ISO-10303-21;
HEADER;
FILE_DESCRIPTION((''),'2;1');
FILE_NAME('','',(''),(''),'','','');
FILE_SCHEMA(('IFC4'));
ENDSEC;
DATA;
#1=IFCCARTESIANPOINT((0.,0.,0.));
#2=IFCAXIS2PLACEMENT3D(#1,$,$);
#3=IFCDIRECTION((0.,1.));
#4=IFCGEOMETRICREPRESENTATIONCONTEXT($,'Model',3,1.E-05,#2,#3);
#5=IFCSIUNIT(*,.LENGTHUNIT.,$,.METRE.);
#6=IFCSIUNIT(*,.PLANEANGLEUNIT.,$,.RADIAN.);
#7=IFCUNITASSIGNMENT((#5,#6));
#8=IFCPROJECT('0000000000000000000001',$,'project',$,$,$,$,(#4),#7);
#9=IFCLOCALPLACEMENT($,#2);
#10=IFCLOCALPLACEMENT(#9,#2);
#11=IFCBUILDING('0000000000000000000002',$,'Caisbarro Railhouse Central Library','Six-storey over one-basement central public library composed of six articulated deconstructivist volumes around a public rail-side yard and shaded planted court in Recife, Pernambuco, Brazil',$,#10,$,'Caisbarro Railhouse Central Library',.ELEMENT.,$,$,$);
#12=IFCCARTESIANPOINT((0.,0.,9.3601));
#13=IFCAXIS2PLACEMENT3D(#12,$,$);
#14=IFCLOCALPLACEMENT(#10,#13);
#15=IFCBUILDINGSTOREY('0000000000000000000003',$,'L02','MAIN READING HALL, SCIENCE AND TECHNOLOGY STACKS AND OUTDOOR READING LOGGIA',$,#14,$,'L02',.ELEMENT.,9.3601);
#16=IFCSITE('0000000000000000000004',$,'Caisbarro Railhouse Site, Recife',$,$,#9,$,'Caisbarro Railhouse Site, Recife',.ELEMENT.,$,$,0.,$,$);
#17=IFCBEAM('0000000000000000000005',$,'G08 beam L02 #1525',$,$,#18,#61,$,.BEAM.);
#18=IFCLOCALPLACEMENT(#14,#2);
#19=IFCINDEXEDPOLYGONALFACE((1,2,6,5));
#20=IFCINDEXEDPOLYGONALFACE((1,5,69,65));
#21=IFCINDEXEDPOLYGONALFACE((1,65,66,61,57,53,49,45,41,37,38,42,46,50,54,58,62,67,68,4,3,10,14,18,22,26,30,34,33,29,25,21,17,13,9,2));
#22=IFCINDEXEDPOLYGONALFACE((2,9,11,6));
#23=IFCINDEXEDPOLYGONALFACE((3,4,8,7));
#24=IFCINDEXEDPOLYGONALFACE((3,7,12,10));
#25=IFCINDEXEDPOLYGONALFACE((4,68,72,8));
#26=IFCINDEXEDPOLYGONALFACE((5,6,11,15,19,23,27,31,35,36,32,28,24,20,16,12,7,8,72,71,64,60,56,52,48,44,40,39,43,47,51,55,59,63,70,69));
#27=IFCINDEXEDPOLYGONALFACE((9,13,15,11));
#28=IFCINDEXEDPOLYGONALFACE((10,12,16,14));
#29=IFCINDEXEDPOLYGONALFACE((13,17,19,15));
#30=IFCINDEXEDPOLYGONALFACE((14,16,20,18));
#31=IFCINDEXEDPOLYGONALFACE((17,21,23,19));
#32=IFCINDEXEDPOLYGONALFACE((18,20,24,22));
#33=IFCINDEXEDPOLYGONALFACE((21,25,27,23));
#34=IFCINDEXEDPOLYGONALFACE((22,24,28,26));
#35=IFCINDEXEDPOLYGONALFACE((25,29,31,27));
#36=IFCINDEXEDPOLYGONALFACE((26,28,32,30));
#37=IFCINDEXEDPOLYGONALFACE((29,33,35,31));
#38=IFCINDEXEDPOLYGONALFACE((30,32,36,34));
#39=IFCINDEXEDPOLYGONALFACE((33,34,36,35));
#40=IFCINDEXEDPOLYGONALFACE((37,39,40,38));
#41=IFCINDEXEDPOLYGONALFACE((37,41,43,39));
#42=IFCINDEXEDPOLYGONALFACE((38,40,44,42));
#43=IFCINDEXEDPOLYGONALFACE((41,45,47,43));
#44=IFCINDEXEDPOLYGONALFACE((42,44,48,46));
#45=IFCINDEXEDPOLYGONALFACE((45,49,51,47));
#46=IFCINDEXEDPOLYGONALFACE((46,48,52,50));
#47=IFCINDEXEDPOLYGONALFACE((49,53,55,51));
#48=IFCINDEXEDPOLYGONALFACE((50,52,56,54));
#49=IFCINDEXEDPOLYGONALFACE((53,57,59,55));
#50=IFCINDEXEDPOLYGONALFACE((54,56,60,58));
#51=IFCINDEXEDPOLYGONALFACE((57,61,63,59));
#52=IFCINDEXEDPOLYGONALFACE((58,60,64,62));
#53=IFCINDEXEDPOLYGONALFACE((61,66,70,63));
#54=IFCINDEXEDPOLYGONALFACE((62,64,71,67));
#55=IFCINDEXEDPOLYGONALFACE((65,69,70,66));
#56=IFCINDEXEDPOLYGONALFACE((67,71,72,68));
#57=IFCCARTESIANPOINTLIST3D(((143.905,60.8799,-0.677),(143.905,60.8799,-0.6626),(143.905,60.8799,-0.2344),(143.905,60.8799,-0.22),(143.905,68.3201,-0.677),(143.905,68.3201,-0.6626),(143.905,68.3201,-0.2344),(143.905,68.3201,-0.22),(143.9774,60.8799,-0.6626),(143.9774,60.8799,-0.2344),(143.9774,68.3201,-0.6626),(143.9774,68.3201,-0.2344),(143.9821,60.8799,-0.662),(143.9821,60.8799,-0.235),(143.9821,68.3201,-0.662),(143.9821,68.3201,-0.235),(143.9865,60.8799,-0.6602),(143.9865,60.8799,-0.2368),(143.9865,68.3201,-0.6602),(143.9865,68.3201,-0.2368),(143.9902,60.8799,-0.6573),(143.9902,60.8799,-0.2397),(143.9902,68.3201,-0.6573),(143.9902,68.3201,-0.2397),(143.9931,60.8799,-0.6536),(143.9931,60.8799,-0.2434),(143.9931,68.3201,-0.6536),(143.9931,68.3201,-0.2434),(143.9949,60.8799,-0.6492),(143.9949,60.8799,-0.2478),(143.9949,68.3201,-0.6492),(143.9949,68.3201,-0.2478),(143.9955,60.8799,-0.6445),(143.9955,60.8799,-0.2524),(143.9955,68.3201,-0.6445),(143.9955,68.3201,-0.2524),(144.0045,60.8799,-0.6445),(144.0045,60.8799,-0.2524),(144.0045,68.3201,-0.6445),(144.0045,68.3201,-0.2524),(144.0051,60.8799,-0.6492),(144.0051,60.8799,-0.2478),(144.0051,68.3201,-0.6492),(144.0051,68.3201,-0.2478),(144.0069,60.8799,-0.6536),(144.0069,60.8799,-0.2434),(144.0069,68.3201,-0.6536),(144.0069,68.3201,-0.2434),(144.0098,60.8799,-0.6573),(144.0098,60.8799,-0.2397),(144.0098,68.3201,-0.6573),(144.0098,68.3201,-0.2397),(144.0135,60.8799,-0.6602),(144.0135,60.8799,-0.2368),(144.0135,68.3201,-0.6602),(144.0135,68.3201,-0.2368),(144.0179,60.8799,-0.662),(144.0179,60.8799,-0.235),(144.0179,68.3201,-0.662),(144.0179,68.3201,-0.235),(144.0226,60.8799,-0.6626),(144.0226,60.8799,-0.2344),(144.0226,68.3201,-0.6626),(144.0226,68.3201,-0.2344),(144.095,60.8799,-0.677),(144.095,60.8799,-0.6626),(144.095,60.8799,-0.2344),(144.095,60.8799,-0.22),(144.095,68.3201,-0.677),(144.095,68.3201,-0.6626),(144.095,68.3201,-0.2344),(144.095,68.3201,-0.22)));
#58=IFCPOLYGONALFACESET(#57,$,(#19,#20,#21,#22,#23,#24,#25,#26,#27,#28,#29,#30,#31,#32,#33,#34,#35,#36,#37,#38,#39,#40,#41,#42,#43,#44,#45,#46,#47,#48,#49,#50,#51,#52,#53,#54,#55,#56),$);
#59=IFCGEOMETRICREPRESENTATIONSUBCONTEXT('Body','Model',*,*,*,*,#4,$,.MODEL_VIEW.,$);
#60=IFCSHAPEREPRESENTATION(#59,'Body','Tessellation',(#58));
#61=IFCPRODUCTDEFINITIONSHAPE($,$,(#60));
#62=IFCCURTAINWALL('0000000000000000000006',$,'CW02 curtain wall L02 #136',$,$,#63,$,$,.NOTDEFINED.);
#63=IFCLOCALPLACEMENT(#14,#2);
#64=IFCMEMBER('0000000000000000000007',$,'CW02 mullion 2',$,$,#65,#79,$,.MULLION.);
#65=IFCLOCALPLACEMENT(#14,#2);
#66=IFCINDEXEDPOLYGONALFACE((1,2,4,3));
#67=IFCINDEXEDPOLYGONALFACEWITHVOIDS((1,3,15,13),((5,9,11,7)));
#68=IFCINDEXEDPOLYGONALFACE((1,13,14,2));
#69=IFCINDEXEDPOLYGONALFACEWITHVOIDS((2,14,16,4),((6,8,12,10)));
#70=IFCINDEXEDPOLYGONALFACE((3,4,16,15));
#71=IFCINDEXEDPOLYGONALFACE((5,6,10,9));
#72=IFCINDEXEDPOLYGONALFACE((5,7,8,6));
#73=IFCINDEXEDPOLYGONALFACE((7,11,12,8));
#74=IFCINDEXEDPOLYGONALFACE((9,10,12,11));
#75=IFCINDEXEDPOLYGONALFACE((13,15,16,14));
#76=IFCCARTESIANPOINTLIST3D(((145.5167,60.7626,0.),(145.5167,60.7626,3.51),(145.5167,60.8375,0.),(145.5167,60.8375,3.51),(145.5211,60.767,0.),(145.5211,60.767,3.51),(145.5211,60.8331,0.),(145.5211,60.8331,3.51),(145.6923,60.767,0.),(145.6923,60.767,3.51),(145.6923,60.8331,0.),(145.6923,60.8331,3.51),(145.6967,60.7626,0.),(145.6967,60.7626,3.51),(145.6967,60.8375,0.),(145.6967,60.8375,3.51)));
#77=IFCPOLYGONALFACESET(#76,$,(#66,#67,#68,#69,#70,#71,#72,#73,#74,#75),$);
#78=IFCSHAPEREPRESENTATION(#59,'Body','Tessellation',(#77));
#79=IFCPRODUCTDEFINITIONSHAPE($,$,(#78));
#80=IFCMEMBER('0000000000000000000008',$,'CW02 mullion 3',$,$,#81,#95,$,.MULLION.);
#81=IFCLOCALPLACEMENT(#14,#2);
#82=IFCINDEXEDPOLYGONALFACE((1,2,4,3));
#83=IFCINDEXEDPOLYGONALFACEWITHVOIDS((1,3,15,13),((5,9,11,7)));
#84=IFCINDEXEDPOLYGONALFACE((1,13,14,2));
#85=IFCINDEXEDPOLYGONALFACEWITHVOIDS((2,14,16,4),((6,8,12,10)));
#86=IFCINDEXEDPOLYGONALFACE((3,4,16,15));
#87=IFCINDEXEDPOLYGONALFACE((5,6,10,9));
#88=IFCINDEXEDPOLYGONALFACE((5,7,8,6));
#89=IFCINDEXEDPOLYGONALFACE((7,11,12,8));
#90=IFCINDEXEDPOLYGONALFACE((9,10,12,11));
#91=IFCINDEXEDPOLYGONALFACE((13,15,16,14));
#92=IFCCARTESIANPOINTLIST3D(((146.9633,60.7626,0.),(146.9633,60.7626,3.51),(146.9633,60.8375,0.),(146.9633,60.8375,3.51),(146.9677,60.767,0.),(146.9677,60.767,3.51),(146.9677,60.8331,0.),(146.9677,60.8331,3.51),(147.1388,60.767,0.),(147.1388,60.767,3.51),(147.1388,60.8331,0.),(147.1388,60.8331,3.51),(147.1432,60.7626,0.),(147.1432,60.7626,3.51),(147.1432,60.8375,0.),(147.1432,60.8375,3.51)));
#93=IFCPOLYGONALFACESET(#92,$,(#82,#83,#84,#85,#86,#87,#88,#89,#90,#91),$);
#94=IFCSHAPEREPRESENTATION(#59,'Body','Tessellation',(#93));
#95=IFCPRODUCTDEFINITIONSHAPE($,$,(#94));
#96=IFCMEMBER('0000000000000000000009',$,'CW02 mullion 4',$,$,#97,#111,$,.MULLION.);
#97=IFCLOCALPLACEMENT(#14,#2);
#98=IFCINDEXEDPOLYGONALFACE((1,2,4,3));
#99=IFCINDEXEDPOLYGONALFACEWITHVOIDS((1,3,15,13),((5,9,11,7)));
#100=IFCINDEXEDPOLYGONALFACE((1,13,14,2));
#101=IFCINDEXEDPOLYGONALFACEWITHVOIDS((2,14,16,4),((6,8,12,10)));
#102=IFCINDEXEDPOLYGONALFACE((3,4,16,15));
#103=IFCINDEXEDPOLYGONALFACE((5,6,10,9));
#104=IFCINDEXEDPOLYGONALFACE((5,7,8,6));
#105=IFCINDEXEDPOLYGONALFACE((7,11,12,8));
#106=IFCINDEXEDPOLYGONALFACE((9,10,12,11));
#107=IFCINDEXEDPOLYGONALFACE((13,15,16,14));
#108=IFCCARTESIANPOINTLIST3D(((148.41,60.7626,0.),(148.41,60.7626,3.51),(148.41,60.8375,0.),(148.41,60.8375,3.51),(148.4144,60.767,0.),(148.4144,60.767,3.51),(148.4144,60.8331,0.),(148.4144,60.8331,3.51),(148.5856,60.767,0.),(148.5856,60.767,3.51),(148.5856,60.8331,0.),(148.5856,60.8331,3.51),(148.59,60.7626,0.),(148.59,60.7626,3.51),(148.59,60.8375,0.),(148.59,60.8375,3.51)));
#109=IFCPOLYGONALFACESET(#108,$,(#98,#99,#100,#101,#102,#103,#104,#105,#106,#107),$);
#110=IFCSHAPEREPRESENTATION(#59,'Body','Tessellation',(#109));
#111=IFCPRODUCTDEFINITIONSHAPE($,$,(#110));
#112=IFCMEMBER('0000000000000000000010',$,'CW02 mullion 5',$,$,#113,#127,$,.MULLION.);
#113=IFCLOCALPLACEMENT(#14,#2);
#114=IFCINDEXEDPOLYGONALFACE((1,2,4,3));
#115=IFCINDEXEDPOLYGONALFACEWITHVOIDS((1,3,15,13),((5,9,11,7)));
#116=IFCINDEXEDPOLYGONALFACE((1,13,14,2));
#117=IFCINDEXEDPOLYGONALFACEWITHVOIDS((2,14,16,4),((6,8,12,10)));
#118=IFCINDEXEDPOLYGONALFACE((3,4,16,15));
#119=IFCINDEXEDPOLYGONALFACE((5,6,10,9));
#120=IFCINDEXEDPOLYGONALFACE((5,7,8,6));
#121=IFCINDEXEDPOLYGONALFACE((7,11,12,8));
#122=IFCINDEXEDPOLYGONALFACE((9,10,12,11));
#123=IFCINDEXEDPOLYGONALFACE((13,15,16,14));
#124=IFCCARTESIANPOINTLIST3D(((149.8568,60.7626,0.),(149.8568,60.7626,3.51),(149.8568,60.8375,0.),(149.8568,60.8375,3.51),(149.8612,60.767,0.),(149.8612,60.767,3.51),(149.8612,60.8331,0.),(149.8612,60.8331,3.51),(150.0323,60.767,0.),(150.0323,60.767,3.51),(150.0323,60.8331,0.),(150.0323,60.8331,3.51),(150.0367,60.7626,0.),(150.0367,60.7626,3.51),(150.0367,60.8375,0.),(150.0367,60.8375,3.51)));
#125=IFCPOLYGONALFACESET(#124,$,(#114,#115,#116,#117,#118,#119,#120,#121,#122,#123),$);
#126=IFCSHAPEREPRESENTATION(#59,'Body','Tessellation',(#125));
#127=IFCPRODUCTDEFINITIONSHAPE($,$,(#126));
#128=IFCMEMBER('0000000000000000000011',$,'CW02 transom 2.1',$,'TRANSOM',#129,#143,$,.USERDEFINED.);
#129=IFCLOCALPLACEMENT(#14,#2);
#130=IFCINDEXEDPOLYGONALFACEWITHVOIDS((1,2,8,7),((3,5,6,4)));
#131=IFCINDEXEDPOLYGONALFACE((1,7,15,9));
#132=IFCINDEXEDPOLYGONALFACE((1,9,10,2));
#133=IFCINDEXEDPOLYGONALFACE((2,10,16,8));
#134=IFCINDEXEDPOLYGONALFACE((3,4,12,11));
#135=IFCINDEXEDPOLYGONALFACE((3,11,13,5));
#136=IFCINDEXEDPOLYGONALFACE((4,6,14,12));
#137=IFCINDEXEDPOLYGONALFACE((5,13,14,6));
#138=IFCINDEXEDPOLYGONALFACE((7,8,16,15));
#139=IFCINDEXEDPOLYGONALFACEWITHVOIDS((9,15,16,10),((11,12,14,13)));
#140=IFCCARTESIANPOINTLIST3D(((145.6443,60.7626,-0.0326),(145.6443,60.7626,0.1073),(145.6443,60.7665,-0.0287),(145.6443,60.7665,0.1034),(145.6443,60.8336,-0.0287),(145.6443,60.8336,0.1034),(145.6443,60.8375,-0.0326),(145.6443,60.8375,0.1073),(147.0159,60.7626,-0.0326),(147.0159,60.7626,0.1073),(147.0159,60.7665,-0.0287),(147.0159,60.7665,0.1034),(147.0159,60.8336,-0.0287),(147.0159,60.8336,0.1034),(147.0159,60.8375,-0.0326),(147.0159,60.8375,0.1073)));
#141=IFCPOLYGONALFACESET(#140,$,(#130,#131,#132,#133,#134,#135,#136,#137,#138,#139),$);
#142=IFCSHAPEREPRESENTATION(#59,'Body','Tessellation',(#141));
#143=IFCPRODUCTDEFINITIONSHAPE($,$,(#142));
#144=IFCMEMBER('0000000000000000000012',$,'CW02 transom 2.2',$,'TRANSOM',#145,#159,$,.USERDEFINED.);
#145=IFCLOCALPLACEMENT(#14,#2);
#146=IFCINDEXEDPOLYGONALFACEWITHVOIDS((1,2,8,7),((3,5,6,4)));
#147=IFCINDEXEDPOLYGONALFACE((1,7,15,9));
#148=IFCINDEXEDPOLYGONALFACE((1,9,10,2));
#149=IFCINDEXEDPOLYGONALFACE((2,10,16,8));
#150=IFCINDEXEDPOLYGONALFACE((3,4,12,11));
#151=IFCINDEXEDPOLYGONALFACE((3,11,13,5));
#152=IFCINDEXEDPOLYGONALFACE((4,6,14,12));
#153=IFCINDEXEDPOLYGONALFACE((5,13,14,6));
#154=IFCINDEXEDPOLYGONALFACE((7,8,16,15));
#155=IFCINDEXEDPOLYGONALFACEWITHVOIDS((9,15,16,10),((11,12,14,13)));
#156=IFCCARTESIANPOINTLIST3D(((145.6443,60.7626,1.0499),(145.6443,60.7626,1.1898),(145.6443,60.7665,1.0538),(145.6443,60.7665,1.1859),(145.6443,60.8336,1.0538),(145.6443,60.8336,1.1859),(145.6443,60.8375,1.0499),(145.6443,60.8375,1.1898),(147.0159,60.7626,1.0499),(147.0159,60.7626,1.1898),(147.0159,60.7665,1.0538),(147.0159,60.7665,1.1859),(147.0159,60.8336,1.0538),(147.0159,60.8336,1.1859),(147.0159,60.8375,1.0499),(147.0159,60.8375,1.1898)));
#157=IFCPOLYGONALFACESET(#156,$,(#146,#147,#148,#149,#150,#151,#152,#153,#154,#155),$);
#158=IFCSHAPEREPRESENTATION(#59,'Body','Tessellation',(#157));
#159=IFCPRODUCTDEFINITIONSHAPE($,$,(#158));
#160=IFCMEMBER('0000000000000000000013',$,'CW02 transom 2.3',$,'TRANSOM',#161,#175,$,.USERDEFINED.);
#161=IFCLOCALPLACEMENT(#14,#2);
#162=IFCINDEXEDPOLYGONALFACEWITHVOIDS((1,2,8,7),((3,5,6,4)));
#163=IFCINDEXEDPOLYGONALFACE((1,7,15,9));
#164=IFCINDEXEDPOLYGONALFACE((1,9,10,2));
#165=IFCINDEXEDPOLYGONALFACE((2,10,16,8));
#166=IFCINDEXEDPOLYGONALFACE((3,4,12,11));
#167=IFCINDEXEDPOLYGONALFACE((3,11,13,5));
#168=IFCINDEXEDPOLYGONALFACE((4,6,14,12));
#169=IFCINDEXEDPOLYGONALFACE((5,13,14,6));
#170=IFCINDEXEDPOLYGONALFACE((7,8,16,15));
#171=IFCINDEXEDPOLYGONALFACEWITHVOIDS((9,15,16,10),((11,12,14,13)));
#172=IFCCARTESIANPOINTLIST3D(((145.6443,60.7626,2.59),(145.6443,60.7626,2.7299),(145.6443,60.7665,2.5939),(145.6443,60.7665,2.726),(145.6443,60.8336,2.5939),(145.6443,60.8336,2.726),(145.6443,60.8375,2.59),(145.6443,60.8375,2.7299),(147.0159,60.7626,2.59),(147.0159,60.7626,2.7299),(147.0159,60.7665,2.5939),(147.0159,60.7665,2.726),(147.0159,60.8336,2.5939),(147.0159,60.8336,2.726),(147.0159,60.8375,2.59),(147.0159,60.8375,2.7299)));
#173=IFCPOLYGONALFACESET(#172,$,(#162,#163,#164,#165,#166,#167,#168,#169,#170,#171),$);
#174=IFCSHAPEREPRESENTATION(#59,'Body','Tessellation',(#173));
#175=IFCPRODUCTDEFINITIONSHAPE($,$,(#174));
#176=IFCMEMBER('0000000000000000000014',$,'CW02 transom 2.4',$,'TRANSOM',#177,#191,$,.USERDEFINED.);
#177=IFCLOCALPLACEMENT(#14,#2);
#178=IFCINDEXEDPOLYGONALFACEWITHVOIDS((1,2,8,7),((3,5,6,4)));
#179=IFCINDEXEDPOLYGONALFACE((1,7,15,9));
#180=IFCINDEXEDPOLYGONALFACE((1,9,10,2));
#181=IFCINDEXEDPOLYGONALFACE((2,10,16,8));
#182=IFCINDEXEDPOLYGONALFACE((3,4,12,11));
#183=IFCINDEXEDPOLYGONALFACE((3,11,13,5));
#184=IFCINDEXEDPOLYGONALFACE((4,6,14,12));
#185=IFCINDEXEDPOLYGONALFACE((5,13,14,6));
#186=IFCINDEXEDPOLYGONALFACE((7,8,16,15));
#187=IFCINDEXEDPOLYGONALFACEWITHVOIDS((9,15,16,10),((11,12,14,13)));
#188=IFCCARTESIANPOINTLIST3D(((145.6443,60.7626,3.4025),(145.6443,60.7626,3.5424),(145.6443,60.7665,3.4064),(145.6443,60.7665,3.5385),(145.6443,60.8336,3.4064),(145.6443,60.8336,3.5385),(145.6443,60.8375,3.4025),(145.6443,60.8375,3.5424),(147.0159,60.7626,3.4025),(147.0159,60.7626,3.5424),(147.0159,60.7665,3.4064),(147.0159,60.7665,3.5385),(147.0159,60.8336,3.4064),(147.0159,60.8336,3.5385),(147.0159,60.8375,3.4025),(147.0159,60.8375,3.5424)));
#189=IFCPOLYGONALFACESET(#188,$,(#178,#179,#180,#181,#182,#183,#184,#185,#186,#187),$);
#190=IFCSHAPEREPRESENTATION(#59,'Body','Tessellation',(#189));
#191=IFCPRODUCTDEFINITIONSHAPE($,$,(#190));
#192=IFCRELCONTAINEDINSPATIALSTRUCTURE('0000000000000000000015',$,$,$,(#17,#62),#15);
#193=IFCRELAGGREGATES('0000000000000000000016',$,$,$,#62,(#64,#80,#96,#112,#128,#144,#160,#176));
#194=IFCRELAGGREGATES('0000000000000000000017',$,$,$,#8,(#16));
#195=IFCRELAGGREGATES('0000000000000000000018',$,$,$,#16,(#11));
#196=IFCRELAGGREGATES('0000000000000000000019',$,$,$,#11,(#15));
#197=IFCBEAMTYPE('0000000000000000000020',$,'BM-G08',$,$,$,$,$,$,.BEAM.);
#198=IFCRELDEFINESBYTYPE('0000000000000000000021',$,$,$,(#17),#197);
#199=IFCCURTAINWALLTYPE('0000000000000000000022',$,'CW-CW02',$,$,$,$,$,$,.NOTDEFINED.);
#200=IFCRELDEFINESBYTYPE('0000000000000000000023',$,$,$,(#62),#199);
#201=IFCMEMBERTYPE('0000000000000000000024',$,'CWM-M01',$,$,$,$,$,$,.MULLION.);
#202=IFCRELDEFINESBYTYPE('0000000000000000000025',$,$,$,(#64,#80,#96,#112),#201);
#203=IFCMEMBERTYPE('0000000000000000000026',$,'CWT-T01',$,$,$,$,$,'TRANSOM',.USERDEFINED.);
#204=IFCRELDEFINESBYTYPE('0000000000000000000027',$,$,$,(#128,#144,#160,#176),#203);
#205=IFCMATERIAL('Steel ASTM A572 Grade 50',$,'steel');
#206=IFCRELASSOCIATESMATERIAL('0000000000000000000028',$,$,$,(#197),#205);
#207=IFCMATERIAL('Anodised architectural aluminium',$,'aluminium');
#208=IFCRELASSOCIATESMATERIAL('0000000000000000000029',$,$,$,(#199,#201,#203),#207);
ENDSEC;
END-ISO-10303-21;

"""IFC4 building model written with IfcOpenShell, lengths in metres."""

from ifc_helpers import new_model, si_unit, direction, frame, origin, origin_2d, place, context, subcontext, project, spatial, hollow_rectangle, i_section, extrude, material, material_profile, profile_set, type_object, element, aggregate, save


model = new_model("IFC4")

# Units and contexts
model_context = context("Model", 3, precision=1e-05, world=origin(), true_north=direction((0.0, 1.0)))
body_context = subcontext(model_context, "Body", "Model", "MODEL_VIEW")
ifc_project = project(units=[si_unit("LENGTHUNIT", "METRE"), si_unit("PLANEANGLEUNIT", "RADIAN")], contexts=[model_context])

# Site, building, storey
site_placement = place(None, origin())
site = spatial("IfcSite", under=ifc_project, at=site_placement, Name="Caisbarro Railhouse Site, Recife", LongName="Caisbarro Railhouse Site, Recife", CompositionType="ELEMENT", RefElevation=0.0)
building_placement = place(site_placement, origin())
building = spatial("IfcBuilding", under=site, at=building_placement, Name="Caisbarro Railhouse Central Library", Description="Six-storey over one-basement central public library composed of six articulated deconstructivist volumes around a public rail-side yard and shaded planted court in Recife, Pernambuco, Brazil", LongName="Caisbarro Railhouse Central Library", CompositionType="ELEMENT")
storey_placement = place(building_placement, frame((0.0, 0.0, 9.3601)))
storey = spatial("IfcBuildingStorey", under=building, at=storey_placement, Name="L02", Description="MAIN READING HALL, SCIENCE AND TECHNOLOGY STACKS AND OUTDOOR READING LOGGIA", LongName="L02", CompositionType="ELEMENT", Elevation=9.3601)

# Beam
ifc_material_1 = material(Name="Steel ASTM A572 Grade 50", Category="steel")
ifc_material_profile_1 = material_profile(ifc_material_1, i_section(OverallWidth=0.1899, OverallDepth=0.457, WebThickness=0.009, FlangeThickness=0.0144, FilletRadius=0.0181, at=origin_2d()), Name="W460X74.0")
ifc_profile_set_1 = profile_set([ifc_material_profile_1], Name="Steel ASTM A572 Grade 50")
beam_type = type_object("IfcBeamType", Name="BM-G08", PredefinedType="BEAM", material=ifc_profile_set_1)
beam_placement = place(storey_placement, frame((144.0, 60.8799, -0.4485), z_axis=(0.0, 1.0, 0.0), x_axis=(-1.0, 0.0, 0.0)))
element("IfcBeam", 1, at=beam_placement, inside=storey, type_object=beam_type, Name="G08 beam L02 #1525", PredefinedType="BEAM", context=body_context, shape_type="SweptSolid", body=[
    extrude(i_section(OverallWidth=0.1899, OverallDepth=0.457, WebThickness=0.009, FlangeThickness=0.0144, FilletRadius=0.0181, at=origin_2d()), origin(), (0.0, 0.0, 1.0), 7.4402),
])

# Curtain wall, members
ifc_material_2 = material(Name="Anodised architectural aluminium", Category="aluminium")
curtain_wall_type = type_object("IfcCurtainWallType", Name="CW-CW02", PredefinedType="NOTDEFINED", material=ifc_material_2)
curtain_wall_placement = place(storey_placement, origin())
curtain_wall = element("IfcCurtainWall", 2, at=curtain_wall_placement, inside=storey, type_object=curtain_wall_type, Name="CW02 curtain wall L02 #136", PredefinedType="NOTDEFINED")
ifc_material_profile_2 = material_profile(ifc_material_2, hollow_rectangle(XDim=0.075, YDim=0.1799, WallThickness=0.0044, at=origin_2d()), Name="ALU-MUL-75X180")
ifc_profile_set_2 = profile_set([ifc_material_profile_2], Name="Anodised architectural aluminium")
member_type_1 = type_object("IfcMemberType", Name="CWM-M01", PredefinedType="MULLION", material=ifc_profile_set_2)
member_1_placement = place(storey_placement, frame((145.6067, 60.8, 0.0), z_axis=(0.0, 0.0, 1.0), x_axis=(0.0, 1.0, 0.0)))
member_1 = element("IfcMember", 3, at=member_1_placement, type_object=member_type_1, Name="CW02 mullion 2", PredefinedType="MULLION", context=body_context, shape_type="SweptSolid", body=[
    extrude(hollow_rectangle(XDim=0.075, YDim=0.1799, WallThickness=0.0044, at=origin_2d()), origin(), (0.0, 0.0, 1.0), 3.51),
])
member_2_placement = place(storey_placement, frame((147.0532, 60.8, 0.0), z_axis=(0.0, 0.0, 1.0), x_axis=(0.0, 1.0, 0.0)))
member_2 = element("IfcMember", 4, at=member_2_placement, type_object=member_type_1, Name="CW02 mullion 3", PredefinedType="MULLION", context=body_context, shape_type="SweptSolid", body=[
    extrude(hollow_rectangle(XDim=0.075, YDim=0.1799, WallThickness=0.0044, at=origin_2d()), origin(), (0.0, 0.0, 1.0), 3.51),
])
member_3_placement = place(storey_placement, frame((148.5, 60.8, 0.0), z_axis=(0.0, 0.0, 1.0), x_axis=(0.0, 1.0, 0.0)))
member_3 = element("IfcMember", 5, at=member_3_placement, type_object=member_type_1, Name="CW02 mullion 4", PredefinedType="MULLION", context=body_context, shape_type="SweptSolid", body=[
    extrude(hollow_rectangle(XDim=0.075, YDim=0.1799, WallThickness=0.0044, at=origin_2d()), origin(), (0.0, 0.0, 1.0), 3.51),
])
member_4_placement = place(storey_placement, frame((149.9468, 60.8, 0.0), z_axis=(0.0, 0.0, 1.0), x_axis=(0.0, 1.0, 0.0)))
member_4 = element("IfcMember", 6, at=member_4_placement, type_object=member_type_1, Name="CW02 mullion 5", PredefinedType="MULLION", context=body_context, shape_type="SweptSolid", body=[
    extrude(hollow_rectangle(XDim=0.075, YDim=0.1799, WallThickness=0.0044, at=origin_2d()), origin(), (0.0, 0.0, 1.0), 3.51),
])
ifc_material_profile_3 = material_profile(ifc_material_2, hollow_rectangle(XDim=0.075, YDim=0.1399, WallThickness=0.0039, at=origin_2d()), Name="ALU-TRN-75X140")
ifc_profile_set_3 = profile_set([ifc_material_profile_3], Name="Anodised architectural aluminium")
member_type_2 = type_object("IfcMemberType", Name="CWT-T01", ElementType="TRANSOM", PredefinedType="USERDEFINED", material=ifc_profile_set_3)
member_5_placement = place(storey_placement, frame((145.6443, 60.8, 0.0374), z_axis=(1.0, 0.0, 0.0), x_axis=(0.0, 1.0, 0.0)))
member_5 = element("IfcMember", 7, at=member_5_placement, type_object=member_type_2, Name="CW02 transom 2.1", ObjectType="TRANSOM", PredefinedType="USERDEFINED", context=body_context, shape_type="SweptSolid", body=[
    extrude(hollow_rectangle(XDim=0.075, YDim=0.1399, WallThickness=0.0039, at=origin_2d()), origin(), (0.0, 0.0, 1.0), 1.3716),
])
member_6_placement = place(storey_placement, frame((145.6443, 60.8, 1.1199), z_axis=(1.0, 0.0, 0.0), x_axis=(0.0, 1.0, 0.0)))
member_6 = element("IfcMember", 8, at=member_6_placement, type_object=member_type_2, Name="CW02 transom 2.2", ObjectType="TRANSOM", PredefinedType="USERDEFINED", context=body_context, shape_type="SweptSolid", body=[
    extrude(hollow_rectangle(XDim=0.075, YDim=0.1399, WallThickness=0.0039, at=origin_2d()), origin(), (0.0, 0.0, 1.0), 1.3716),
])
member_7_placement = place(storey_placement, frame((145.6443, 60.8, 2.6599), z_axis=(1.0, 0.0, 0.0), x_axis=(0.0, 1.0, 0.0)))
member_7 = element("IfcMember", 9, at=member_7_placement, type_object=member_type_2, Name="CW02 transom 2.3", ObjectType="TRANSOM", PredefinedType="USERDEFINED", context=body_context, shape_type="SweptSolid", body=[
    extrude(hollow_rectangle(XDim=0.075, YDim=0.1399, WallThickness=0.0039, at=origin_2d()), origin(), (0.0, 0.0, 1.0), 1.3716),
])
member_8_placement = place(storey_placement, frame((145.6443, 60.8, 3.4724), z_axis=(1.0, 0.0, 0.0), x_axis=(0.0, 1.0, 0.0)))
member_8 = element("IfcMember", 10, at=member_8_placement, type_object=member_type_2, Name="CW02 transom 2.4", ObjectType="TRANSOM", PredefinedType="USERDEFINED", context=body_context, shape_type="SweptSolid", body=[
    extrude(hollow_rectangle(XDim=0.075, YDim=0.1399, WallThickness=0.0039, at=origin_2d()), origin(), (0.0, 0.0, 1.0), 1.3716),
])
aggregate(curtain_wall, [member_1, member_2, member_3, member_4, member_5, member_6, member_7, member_8])

save(model, "model.ifc")
